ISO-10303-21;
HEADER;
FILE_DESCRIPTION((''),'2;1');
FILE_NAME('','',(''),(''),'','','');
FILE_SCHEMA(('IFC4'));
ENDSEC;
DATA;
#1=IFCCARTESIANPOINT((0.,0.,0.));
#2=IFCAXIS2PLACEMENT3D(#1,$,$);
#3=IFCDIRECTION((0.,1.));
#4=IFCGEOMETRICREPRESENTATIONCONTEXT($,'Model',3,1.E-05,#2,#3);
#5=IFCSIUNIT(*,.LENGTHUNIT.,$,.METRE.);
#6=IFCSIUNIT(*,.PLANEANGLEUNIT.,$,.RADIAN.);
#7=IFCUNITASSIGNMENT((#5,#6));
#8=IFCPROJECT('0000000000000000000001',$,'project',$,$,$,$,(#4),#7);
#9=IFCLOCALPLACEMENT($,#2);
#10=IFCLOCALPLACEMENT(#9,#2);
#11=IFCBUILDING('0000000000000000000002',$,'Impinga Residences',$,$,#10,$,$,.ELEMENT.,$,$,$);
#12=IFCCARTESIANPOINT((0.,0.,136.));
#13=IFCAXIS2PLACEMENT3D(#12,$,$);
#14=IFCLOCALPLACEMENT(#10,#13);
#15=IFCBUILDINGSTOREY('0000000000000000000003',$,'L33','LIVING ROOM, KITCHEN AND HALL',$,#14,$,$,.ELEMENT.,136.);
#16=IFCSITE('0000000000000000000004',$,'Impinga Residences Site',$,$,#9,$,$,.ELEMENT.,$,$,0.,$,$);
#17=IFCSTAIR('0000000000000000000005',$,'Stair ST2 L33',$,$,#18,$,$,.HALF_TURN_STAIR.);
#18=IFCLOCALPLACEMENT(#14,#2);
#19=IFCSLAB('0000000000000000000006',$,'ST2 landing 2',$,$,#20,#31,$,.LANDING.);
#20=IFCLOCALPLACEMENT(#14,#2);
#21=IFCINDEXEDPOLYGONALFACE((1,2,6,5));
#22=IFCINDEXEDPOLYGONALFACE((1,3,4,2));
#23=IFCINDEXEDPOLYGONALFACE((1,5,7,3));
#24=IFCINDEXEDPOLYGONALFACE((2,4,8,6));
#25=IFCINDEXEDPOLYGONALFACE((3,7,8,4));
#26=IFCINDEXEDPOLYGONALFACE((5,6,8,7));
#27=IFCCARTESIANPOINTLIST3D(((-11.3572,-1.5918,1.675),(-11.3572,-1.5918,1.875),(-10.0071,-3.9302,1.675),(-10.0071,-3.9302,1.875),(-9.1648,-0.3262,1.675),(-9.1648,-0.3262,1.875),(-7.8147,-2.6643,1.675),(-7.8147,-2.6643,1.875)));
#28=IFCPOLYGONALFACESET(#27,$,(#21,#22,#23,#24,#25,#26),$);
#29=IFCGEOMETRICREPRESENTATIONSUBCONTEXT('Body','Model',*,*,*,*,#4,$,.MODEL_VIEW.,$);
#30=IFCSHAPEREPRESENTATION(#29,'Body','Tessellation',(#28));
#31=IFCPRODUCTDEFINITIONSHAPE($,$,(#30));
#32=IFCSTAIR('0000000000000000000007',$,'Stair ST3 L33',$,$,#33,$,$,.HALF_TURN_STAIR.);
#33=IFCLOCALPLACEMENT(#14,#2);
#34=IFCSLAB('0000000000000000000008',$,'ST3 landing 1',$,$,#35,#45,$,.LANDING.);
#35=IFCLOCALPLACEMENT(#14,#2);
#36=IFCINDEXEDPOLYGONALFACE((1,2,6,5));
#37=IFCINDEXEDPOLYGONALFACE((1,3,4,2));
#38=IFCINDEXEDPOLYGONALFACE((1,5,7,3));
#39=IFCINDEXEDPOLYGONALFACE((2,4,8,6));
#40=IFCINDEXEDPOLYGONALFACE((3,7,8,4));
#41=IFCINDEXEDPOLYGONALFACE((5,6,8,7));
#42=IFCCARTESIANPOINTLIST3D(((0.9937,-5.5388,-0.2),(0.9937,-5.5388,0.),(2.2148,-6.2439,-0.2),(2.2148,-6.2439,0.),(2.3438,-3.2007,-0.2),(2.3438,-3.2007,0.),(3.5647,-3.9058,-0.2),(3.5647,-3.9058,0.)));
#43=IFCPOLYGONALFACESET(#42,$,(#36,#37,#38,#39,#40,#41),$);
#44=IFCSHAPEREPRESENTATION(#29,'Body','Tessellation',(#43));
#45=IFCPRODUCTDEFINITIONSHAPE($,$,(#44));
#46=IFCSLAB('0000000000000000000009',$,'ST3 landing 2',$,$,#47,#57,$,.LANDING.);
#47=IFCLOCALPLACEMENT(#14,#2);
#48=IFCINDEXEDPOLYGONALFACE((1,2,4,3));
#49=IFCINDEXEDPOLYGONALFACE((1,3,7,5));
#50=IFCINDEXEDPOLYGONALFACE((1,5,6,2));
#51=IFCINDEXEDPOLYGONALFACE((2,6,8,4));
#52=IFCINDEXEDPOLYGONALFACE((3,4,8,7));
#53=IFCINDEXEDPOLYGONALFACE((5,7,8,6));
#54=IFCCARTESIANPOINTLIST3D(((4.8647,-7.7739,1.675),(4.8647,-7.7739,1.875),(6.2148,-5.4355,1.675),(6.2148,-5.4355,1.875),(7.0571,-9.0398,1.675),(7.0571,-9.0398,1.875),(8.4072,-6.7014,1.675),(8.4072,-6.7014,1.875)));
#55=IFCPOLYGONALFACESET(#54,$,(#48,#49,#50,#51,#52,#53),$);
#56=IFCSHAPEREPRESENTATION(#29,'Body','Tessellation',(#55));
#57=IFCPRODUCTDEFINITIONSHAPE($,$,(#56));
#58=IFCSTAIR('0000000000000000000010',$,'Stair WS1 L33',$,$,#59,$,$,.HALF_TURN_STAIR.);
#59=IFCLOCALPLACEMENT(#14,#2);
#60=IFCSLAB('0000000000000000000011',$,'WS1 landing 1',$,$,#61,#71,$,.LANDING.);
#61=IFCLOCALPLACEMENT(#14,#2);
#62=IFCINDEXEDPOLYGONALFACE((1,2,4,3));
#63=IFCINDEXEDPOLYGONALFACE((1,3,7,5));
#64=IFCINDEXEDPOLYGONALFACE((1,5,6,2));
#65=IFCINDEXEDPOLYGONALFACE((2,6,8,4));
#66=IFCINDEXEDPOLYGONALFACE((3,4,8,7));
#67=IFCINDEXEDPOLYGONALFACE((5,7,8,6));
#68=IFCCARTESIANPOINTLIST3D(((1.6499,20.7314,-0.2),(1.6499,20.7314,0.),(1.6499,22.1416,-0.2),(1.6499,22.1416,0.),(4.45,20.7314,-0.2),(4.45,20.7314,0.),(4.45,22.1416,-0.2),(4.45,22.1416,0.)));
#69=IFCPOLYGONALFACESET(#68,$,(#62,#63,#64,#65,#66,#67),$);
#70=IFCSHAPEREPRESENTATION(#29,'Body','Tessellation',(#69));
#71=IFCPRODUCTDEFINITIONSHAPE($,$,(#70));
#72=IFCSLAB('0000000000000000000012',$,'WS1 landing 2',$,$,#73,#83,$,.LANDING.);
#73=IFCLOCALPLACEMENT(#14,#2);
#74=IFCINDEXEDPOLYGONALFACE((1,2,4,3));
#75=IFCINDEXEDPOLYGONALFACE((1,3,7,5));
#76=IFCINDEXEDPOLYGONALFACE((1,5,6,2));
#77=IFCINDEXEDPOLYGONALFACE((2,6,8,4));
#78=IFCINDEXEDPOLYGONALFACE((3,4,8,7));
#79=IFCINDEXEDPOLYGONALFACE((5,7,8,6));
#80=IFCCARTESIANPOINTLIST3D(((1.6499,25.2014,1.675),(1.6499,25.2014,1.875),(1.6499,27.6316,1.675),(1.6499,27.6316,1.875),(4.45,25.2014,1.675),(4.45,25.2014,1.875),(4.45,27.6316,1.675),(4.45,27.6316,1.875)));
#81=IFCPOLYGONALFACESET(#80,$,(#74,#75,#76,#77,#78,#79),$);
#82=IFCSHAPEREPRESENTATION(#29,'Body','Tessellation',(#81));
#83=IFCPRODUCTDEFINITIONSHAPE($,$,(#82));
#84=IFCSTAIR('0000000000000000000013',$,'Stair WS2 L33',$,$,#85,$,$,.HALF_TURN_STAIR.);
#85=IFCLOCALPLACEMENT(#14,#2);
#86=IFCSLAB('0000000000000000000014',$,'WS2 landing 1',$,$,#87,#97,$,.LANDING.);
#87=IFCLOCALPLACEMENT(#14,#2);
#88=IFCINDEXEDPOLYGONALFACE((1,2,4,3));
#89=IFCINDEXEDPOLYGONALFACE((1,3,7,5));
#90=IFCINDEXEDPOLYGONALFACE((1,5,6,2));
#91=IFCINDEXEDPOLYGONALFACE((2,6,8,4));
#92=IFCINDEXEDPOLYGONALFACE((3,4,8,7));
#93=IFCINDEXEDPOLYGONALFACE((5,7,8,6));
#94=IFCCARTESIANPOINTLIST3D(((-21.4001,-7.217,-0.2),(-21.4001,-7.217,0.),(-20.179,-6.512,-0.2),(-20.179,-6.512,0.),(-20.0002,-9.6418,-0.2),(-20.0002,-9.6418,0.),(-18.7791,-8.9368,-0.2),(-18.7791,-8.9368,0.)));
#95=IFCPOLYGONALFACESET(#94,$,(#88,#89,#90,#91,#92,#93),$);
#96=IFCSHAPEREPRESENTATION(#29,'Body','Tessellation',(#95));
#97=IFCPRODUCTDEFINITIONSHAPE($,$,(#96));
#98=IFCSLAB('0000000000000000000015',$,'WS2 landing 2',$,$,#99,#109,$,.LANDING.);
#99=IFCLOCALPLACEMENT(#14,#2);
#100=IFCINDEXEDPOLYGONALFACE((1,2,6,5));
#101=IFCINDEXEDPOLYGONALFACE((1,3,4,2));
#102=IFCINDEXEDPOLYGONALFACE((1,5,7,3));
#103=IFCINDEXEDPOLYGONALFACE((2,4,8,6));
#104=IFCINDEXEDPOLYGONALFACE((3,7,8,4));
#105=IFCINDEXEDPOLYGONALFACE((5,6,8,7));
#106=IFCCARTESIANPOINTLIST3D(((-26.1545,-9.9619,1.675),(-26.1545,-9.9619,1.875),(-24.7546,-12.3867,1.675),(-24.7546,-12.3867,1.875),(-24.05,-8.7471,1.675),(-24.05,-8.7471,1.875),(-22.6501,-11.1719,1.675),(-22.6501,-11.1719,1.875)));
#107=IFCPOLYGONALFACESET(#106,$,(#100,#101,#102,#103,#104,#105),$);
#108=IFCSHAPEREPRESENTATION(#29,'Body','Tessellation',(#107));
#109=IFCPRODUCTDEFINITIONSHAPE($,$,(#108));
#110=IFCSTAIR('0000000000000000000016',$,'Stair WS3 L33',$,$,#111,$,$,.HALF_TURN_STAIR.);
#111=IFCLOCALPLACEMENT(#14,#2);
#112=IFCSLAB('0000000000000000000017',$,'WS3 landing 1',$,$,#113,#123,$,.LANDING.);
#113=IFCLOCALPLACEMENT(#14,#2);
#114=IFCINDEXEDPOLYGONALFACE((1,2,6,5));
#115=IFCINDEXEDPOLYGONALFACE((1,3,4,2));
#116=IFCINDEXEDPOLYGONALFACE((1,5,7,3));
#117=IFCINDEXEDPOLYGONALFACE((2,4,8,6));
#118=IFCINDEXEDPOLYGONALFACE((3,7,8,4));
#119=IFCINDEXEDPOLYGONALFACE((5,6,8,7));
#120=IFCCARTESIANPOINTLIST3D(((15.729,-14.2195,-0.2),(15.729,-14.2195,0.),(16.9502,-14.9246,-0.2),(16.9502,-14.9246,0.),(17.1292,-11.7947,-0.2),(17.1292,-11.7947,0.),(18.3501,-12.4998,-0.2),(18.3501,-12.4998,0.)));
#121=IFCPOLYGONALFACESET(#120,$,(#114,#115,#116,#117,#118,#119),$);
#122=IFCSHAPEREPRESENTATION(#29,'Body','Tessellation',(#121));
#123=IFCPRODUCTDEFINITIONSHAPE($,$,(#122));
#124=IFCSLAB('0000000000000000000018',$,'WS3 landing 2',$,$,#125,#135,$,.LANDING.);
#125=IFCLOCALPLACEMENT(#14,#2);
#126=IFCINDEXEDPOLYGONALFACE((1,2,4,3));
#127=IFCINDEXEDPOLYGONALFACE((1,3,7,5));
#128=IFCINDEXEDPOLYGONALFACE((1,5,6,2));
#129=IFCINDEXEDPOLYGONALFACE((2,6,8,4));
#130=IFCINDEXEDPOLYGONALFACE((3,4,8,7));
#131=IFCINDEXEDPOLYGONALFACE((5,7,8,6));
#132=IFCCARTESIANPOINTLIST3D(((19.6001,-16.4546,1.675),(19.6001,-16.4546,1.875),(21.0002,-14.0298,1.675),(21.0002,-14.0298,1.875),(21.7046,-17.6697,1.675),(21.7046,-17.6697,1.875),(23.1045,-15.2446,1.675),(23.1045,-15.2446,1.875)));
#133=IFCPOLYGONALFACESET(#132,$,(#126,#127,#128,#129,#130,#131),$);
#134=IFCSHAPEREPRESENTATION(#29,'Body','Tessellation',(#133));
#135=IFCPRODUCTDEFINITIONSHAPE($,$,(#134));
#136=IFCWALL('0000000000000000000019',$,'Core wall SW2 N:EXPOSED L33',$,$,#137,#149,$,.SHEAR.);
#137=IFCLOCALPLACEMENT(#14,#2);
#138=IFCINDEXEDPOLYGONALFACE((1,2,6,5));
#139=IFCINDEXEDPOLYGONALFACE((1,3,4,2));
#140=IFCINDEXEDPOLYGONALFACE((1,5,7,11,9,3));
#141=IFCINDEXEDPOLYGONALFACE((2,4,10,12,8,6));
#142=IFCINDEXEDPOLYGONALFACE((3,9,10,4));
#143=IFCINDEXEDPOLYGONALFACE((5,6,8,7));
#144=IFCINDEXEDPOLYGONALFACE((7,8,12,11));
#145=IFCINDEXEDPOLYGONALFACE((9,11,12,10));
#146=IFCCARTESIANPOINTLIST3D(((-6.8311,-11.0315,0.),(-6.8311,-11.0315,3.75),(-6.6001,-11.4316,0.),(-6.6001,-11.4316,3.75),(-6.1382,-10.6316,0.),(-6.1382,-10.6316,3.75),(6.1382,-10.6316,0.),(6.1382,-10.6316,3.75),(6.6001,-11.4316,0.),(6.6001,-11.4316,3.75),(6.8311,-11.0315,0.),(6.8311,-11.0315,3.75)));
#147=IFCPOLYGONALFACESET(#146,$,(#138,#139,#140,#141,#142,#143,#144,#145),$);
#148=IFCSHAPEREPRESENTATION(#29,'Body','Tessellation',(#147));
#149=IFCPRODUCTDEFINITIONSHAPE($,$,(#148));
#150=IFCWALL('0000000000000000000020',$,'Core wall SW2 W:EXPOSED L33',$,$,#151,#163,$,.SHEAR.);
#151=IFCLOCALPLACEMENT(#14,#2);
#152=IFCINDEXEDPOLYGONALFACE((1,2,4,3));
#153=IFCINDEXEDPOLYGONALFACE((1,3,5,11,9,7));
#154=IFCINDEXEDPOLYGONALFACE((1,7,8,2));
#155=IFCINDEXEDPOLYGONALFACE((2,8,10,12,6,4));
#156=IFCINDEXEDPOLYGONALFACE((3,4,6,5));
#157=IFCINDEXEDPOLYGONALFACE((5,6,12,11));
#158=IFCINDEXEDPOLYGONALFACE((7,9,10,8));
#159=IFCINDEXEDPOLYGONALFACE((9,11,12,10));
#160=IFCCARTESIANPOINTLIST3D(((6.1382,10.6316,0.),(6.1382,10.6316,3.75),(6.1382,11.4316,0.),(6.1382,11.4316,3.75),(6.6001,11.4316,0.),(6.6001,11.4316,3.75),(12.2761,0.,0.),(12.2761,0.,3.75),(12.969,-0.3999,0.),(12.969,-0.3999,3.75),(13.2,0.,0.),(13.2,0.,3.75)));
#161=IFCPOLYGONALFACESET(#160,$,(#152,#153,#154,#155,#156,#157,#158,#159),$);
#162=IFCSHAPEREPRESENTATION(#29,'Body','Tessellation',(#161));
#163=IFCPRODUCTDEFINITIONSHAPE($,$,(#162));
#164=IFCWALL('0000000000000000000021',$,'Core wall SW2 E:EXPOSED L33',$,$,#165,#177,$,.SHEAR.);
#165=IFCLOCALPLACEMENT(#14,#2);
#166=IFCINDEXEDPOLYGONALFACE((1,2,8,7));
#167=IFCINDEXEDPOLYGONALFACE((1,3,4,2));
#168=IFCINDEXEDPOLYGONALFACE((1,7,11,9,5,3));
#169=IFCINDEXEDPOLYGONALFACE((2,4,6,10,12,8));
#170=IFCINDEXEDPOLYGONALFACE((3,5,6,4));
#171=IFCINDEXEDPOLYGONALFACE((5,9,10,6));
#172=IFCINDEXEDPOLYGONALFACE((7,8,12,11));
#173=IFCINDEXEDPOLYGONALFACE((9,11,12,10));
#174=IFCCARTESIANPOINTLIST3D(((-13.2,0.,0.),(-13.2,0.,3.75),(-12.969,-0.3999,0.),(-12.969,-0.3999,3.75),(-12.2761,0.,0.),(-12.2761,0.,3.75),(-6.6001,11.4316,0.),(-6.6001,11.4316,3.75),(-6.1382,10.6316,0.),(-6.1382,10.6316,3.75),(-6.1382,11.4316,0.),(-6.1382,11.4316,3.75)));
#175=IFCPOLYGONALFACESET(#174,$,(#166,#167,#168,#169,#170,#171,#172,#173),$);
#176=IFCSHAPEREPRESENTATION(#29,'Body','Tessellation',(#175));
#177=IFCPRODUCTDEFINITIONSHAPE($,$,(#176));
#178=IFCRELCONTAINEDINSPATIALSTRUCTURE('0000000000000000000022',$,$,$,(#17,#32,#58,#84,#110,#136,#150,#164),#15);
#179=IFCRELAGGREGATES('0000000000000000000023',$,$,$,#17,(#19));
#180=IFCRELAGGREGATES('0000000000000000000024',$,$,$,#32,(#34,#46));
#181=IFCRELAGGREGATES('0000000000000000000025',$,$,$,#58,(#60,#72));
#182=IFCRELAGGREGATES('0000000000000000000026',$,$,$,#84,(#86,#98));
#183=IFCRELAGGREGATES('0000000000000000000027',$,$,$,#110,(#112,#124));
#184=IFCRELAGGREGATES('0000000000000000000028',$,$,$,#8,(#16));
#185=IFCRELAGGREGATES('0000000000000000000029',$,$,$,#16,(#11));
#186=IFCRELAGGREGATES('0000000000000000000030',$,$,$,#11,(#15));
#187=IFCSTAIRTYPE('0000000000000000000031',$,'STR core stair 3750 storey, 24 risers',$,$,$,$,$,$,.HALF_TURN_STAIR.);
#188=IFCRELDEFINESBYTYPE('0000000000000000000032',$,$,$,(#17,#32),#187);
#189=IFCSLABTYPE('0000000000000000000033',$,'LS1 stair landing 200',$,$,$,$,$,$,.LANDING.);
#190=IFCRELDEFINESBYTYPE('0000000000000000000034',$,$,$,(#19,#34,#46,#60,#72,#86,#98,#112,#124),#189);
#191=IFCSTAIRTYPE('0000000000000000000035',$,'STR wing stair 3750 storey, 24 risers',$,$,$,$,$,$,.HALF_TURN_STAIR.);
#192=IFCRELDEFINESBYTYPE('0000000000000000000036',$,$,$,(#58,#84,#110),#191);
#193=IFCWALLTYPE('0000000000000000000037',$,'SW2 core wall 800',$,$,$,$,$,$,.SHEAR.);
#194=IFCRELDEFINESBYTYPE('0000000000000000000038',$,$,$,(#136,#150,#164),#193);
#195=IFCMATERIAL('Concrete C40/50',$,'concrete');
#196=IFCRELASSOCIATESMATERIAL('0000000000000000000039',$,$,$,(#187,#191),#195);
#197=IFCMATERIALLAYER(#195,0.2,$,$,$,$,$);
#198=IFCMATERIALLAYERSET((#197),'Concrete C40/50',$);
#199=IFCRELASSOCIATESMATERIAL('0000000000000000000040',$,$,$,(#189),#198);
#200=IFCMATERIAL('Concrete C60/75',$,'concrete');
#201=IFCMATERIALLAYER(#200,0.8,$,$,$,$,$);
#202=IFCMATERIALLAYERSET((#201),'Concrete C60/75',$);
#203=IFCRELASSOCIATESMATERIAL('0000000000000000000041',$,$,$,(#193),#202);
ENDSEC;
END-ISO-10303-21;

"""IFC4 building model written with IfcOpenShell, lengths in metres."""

from ifc_helpers import new_model, si_unit, direction, frame, origin, place, context, subcontext, project, spatial, polyline, outline, extrude, material, layer, layer_set, type_object, element, aggregate, save


model = new_model("IFC4")

# Units and contexts
model_context = context("Model", 3, precision=1e-05, world=origin(), true_north=direction((0.0, 1.0)))
body_context = subcontext(model_context, "Body", "Model", "MODEL_VIEW")
ifc_project = project(units=[si_unit("LENGTHUNIT", "METRE"), si_unit("PLANEANGLEUNIT", "RADIAN")], contexts=[model_context])

# Site, building, storey
site_placement = place(None, origin())
site = spatial("IfcSite", under=ifc_project, at=site_placement, Name="Impinga Residences Site", CompositionType="ELEMENT", RefElevation=0.0)
building_placement = place(site_placement, origin())
building = spatial("IfcBuilding", under=site, at=building_placement, Name="Impinga Residences", CompositionType="ELEMENT")
storey_placement = place(building_placement, frame((0.0, 0.0, 136.0)))
storey = spatial("IfcBuildingStorey", under=building, at=storey_placement, Name="L33", Description="LIVING ROOM, KITCHEN AND HALL", CompositionType="ELEMENT", Elevation=136.0)

# Shared definitions
ifc_material_1 = material(Name="Concrete C60/75", Category="concrete")

# Stairs, slabs
ifc_material_2 = material(Name="Concrete C40/50", Category="concrete")
stair_type_1 = type_object("IfcStairType", Name="STR core stair 3750 storey, 24 risers", PredefinedType="HALF_TURN_STAIR", material=ifc_material_2)
ifc_layer_1 = layer(ifc_material_2, 0.2)
ifc_layer_set_1 = layer_set([ifc_layer_1], Name="Concrete C40/50")
slab_type_1 = type_object("IfcSlabType", Name="LS1 stair landing 200", PredefinedType="LANDING", material=ifc_layer_set_1)
stair_1_placement = place(storey_placement, origin())
stair_1 = element("IfcStair", 1, at=stair_1_placement, inside=storey, type_object=stair_type_1, Name="Stair ST2 L33", PredefinedType="HALF_TURN_STAIR")
slab_1_placement = place(storey_placement, frame((0.0, 0.0, 1.675)))
slab_1 = element("IfcSlab", 2, at=slab_1_placement, type_object=slab_type_1, Name="ST2 landing 2", PredefinedType="LANDING", context=body_context, shape_type="SweptSolid", body=[
    extrude(outline(polyline([(-7.8147, -2.6643), (-9.1648, -0.3262), (-11.3572, -1.5918), (-10.0071, -3.9302), (-7.8147, -2.6643)])), origin(), (0.0, 0.0, 1.0), 0.2),
])
aggregate(stair_1, [slab_1])
stair_2_placement = place(storey_placement, origin())
stair_2 = element("IfcStair", 3, at=stair_2_placement, inside=storey, type_object=stair_type_1, Name="Stair ST3 L33", PredefinedType="HALF_TURN_STAIR")
slab_2_placement = place(storey_placement, frame((0.0, 0.0, -0.2)))
slab_2 = element("IfcSlab", 4, at=slab_2_placement, type_object=slab_type_1, Name="ST3 landing 1", PredefinedType="LANDING", context=body_context, shape_type="SweptSolid", body=[
    extrude(outline(polyline([(2.3438, -3.2007), (0.9937, -5.5388), (2.2148, -6.2439), (3.5647, -3.9058), (2.3438, -3.2007)])), origin(), (0.0, 0.0, 1.0), 0.2),
])
slab_3_placement = place(storey_placement, frame((0.0, 0.0, 1.675)))
slab_3 = element("IfcSlab", 5, at=slab_3_placement, type_object=slab_type_1, Name="ST3 landing 2", PredefinedType="LANDING", context=body_context, shape_type="SweptSolid", body=[
    extrude(outline(polyline([(6.2148, -5.4355), (4.8647, -7.7739), (7.0571, -9.0398), (8.4072, -6.7014), (6.2148, -5.4355)])), origin(), (0.0, 0.0, 1.0), 0.2),
])
aggregate(stair_2, [slab_2, slab_3])
stair_type_2 = type_object("IfcStairType", Name="STR wing stair 3750 storey, 24 risers", PredefinedType="HALF_TURN_STAIR", material=ifc_material_2)
stair_3_placement = place(storey_placement, origin())
stair_3 = element("IfcStair", 6, at=stair_3_placement, inside=storey, type_object=stair_type_2, Name="Stair WS1 L33", PredefinedType="HALF_TURN_STAIR")
slab_4_placement = place(storey_placement, frame((0.0, 0.0, -0.2)))
slab_4 = element("IfcSlab", 7, at=slab_4_placement, type_object=slab_type_1, Name="WS1 landing 1", PredefinedType="LANDING", context=body_context, shape_type="SweptSolid", body=[
    extrude(outline(polyline([(1.6499, 20.7314), (4.45, 20.7314), (4.45, 22.1416), (1.6499, 22.1416), (1.6499, 20.7314)])), origin(), (0.0, 0.0, 1.0), 0.2),
])
slab_5_placement = place(storey_placement, frame((0.0, 0.0, 1.675)))
slab_5 = element("IfcSlab", 8, at=slab_5_placement, type_object=slab_type_1, Name="WS1 landing 2", PredefinedType="LANDING", context=body_context, shape_type="SweptSolid", body=[
    extrude(outline(polyline([(1.6499, 25.2014), (4.45, 25.2014), (4.45, 27.6316), (1.6499, 27.6316), (1.6499, 25.2014)])), origin(), (0.0, 0.0, 1.0), 0.2),
])
aggregate(stair_3, [slab_4, slab_5])
stair_4_placement = place(storey_placement, origin())
stair_4 = element("IfcStair", 9, at=stair_4_placement, inside=storey, type_object=stair_type_2, Name="Stair WS2 L33", PredefinedType="HALF_TURN_STAIR")
slab_6_placement = place(storey_placement, frame((0.0, 0.0, -0.2)))
slab_6 = element("IfcSlab", 10, at=slab_6_placement, type_object=slab_type_1, Name="WS2 landing 1", PredefinedType="LANDING", context=body_context, shape_type="SweptSolid", body=[
    extrude(outline(polyline([(-18.7791, -8.9368), (-20.179, -6.512), (-21.4001, -7.217), (-20.0002, -9.6418), (-18.7791, -8.9368)])), origin(), (0.0, 0.0, 1.0), 0.2),
])
slab_7_placement = place(storey_placement, frame((0.0, 0.0, 1.675)))
slab_7 = element("IfcSlab", 11, at=slab_7_placement, type_object=slab_type_1, Name="WS2 landing 2", PredefinedType="LANDING", context=body_context, shape_type="SweptSolid", body=[
    extrude(outline(polyline([(-22.6501, -11.1719), (-24.05, -8.7471), (-26.1545, -9.9619), (-24.7546, -12.3867), (-22.6501, -11.1719)])), origin(), (0.0, 0.0, 1.0), 0.2),
])
aggregate(stair_4, [slab_6, slab_7])
stair_5_placement = place(storey_placement, origin())
stair_5 = element("IfcStair", 12, at=stair_5_placement, inside=storey, type_object=stair_type_2, Name="Stair WS3 L33", PredefinedType="HALF_TURN_STAIR")
slab_8_placement = place(storey_placement, frame((0.0, 0.0, -0.2)))
slab_8 = element("IfcSlab", 13, at=slab_8_placement, type_object=slab_type_1, Name="WS3 landing 1", PredefinedType="LANDING", context=body_context, shape_type="SweptSolid", body=[
    extrude(outline(polyline([(17.1292, -11.7947), (15.729, -14.2195), (16.9502, -14.9246), (18.3501, -12.4998), (17.1292, -11.7947)])), origin(), (0.0, 0.0, 1.0), 0.2),
])
slab_9_placement = place(storey_placement, frame((0.0, 0.0, 1.675)))
slab_9 = element("IfcSlab", 14, at=slab_9_placement, type_object=slab_type_1, Name="WS3 landing 2", PredefinedType="LANDING", context=body_context, shape_type="SweptSolid", body=[
    extrude(outline(polyline([(21.0002, -14.0298), (19.6001, -16.4546), (21.7046, -17.6697), (23.1045, -15.2446), (21.0002, -14.0298)])), origin(), (0.0, 0.0, 1.0), 0.2),
])
aggregate(stair_5, [slab_8, slab_9])

# Walls
ifc_layer_2 = layer(ifc_material_1, 0.8)
ifc_layer_set_2 = layer_set([ifc_layer_2], Name="Concrete C60/75")
wall_type_1 = type_object("IfcWallType", Name="SW2 core wall 800", PredefinedType="SHEAR", material=ifc_layer_set_2)
wall_1_placement = place(storey_placement, origin())
element("IfcWall", 15, at=wall_1_placement, inside=storey, type_object=wall_type_1, Name="Core wall SW2 N:EXPOSED L33", PredefinedType="SHEAR", context=body_context, shape_type="SweptSolid", body=[
    extrude(outline(polyline([(-6.6001, -11.4316), (6.6001, -11.4316), (6.8311, -11.0315), (6.1382, -10.6316), (-6.1382, -10.6316), (-6.8311, -11.0315), (-6.6001, -11.4316)])), origin(), (0.0, 0.0, 1.0), 3.75),
])
wall_2_placement = place(storey_placement, origin())
element("IfcWall", 16, at=wall_2_placement, inside=storey, type_object=wall_type_1, Name="Core wall SW2 W:EXPOSED L33", PredefinedType="SHEAR", context=body_context, shape_type="SweptSolid", body=[
    extrude(outline(polyline([(13.2, 0.0), (6.6001, 11.4316), (6.1382, 11.4316), (6.1382, 10.6316), (12.2761, 0.0), (12.969, -0.3999), (13.2, 0.0)])), origin(), (0.0, 0.0, 1.0), 3.75),
])
wall_3_placement = place(storey_placement, origin())
element("IfcWall", 17, at=wall_3_placement, inside=storey, type_object=wall_type_1, Name="Core wall SW2 E:EXPOSED L33", PredefinedType="SHEAR", context=body_context, shape_type="SweptSolid", body=[
    extrude(outline(polyline([(-6.6001, 11.4316), (-13.2, 0.0), (-12.969, -0.3999), (-12.2761, 0.0), (-6.1382, 10.6316), (-6.1382, 11.4316), (-6.6001, 11.4316)])), origin(), (0.0, 0.0, 1.0), 3.75),
])

save(model, "model.ifc")
